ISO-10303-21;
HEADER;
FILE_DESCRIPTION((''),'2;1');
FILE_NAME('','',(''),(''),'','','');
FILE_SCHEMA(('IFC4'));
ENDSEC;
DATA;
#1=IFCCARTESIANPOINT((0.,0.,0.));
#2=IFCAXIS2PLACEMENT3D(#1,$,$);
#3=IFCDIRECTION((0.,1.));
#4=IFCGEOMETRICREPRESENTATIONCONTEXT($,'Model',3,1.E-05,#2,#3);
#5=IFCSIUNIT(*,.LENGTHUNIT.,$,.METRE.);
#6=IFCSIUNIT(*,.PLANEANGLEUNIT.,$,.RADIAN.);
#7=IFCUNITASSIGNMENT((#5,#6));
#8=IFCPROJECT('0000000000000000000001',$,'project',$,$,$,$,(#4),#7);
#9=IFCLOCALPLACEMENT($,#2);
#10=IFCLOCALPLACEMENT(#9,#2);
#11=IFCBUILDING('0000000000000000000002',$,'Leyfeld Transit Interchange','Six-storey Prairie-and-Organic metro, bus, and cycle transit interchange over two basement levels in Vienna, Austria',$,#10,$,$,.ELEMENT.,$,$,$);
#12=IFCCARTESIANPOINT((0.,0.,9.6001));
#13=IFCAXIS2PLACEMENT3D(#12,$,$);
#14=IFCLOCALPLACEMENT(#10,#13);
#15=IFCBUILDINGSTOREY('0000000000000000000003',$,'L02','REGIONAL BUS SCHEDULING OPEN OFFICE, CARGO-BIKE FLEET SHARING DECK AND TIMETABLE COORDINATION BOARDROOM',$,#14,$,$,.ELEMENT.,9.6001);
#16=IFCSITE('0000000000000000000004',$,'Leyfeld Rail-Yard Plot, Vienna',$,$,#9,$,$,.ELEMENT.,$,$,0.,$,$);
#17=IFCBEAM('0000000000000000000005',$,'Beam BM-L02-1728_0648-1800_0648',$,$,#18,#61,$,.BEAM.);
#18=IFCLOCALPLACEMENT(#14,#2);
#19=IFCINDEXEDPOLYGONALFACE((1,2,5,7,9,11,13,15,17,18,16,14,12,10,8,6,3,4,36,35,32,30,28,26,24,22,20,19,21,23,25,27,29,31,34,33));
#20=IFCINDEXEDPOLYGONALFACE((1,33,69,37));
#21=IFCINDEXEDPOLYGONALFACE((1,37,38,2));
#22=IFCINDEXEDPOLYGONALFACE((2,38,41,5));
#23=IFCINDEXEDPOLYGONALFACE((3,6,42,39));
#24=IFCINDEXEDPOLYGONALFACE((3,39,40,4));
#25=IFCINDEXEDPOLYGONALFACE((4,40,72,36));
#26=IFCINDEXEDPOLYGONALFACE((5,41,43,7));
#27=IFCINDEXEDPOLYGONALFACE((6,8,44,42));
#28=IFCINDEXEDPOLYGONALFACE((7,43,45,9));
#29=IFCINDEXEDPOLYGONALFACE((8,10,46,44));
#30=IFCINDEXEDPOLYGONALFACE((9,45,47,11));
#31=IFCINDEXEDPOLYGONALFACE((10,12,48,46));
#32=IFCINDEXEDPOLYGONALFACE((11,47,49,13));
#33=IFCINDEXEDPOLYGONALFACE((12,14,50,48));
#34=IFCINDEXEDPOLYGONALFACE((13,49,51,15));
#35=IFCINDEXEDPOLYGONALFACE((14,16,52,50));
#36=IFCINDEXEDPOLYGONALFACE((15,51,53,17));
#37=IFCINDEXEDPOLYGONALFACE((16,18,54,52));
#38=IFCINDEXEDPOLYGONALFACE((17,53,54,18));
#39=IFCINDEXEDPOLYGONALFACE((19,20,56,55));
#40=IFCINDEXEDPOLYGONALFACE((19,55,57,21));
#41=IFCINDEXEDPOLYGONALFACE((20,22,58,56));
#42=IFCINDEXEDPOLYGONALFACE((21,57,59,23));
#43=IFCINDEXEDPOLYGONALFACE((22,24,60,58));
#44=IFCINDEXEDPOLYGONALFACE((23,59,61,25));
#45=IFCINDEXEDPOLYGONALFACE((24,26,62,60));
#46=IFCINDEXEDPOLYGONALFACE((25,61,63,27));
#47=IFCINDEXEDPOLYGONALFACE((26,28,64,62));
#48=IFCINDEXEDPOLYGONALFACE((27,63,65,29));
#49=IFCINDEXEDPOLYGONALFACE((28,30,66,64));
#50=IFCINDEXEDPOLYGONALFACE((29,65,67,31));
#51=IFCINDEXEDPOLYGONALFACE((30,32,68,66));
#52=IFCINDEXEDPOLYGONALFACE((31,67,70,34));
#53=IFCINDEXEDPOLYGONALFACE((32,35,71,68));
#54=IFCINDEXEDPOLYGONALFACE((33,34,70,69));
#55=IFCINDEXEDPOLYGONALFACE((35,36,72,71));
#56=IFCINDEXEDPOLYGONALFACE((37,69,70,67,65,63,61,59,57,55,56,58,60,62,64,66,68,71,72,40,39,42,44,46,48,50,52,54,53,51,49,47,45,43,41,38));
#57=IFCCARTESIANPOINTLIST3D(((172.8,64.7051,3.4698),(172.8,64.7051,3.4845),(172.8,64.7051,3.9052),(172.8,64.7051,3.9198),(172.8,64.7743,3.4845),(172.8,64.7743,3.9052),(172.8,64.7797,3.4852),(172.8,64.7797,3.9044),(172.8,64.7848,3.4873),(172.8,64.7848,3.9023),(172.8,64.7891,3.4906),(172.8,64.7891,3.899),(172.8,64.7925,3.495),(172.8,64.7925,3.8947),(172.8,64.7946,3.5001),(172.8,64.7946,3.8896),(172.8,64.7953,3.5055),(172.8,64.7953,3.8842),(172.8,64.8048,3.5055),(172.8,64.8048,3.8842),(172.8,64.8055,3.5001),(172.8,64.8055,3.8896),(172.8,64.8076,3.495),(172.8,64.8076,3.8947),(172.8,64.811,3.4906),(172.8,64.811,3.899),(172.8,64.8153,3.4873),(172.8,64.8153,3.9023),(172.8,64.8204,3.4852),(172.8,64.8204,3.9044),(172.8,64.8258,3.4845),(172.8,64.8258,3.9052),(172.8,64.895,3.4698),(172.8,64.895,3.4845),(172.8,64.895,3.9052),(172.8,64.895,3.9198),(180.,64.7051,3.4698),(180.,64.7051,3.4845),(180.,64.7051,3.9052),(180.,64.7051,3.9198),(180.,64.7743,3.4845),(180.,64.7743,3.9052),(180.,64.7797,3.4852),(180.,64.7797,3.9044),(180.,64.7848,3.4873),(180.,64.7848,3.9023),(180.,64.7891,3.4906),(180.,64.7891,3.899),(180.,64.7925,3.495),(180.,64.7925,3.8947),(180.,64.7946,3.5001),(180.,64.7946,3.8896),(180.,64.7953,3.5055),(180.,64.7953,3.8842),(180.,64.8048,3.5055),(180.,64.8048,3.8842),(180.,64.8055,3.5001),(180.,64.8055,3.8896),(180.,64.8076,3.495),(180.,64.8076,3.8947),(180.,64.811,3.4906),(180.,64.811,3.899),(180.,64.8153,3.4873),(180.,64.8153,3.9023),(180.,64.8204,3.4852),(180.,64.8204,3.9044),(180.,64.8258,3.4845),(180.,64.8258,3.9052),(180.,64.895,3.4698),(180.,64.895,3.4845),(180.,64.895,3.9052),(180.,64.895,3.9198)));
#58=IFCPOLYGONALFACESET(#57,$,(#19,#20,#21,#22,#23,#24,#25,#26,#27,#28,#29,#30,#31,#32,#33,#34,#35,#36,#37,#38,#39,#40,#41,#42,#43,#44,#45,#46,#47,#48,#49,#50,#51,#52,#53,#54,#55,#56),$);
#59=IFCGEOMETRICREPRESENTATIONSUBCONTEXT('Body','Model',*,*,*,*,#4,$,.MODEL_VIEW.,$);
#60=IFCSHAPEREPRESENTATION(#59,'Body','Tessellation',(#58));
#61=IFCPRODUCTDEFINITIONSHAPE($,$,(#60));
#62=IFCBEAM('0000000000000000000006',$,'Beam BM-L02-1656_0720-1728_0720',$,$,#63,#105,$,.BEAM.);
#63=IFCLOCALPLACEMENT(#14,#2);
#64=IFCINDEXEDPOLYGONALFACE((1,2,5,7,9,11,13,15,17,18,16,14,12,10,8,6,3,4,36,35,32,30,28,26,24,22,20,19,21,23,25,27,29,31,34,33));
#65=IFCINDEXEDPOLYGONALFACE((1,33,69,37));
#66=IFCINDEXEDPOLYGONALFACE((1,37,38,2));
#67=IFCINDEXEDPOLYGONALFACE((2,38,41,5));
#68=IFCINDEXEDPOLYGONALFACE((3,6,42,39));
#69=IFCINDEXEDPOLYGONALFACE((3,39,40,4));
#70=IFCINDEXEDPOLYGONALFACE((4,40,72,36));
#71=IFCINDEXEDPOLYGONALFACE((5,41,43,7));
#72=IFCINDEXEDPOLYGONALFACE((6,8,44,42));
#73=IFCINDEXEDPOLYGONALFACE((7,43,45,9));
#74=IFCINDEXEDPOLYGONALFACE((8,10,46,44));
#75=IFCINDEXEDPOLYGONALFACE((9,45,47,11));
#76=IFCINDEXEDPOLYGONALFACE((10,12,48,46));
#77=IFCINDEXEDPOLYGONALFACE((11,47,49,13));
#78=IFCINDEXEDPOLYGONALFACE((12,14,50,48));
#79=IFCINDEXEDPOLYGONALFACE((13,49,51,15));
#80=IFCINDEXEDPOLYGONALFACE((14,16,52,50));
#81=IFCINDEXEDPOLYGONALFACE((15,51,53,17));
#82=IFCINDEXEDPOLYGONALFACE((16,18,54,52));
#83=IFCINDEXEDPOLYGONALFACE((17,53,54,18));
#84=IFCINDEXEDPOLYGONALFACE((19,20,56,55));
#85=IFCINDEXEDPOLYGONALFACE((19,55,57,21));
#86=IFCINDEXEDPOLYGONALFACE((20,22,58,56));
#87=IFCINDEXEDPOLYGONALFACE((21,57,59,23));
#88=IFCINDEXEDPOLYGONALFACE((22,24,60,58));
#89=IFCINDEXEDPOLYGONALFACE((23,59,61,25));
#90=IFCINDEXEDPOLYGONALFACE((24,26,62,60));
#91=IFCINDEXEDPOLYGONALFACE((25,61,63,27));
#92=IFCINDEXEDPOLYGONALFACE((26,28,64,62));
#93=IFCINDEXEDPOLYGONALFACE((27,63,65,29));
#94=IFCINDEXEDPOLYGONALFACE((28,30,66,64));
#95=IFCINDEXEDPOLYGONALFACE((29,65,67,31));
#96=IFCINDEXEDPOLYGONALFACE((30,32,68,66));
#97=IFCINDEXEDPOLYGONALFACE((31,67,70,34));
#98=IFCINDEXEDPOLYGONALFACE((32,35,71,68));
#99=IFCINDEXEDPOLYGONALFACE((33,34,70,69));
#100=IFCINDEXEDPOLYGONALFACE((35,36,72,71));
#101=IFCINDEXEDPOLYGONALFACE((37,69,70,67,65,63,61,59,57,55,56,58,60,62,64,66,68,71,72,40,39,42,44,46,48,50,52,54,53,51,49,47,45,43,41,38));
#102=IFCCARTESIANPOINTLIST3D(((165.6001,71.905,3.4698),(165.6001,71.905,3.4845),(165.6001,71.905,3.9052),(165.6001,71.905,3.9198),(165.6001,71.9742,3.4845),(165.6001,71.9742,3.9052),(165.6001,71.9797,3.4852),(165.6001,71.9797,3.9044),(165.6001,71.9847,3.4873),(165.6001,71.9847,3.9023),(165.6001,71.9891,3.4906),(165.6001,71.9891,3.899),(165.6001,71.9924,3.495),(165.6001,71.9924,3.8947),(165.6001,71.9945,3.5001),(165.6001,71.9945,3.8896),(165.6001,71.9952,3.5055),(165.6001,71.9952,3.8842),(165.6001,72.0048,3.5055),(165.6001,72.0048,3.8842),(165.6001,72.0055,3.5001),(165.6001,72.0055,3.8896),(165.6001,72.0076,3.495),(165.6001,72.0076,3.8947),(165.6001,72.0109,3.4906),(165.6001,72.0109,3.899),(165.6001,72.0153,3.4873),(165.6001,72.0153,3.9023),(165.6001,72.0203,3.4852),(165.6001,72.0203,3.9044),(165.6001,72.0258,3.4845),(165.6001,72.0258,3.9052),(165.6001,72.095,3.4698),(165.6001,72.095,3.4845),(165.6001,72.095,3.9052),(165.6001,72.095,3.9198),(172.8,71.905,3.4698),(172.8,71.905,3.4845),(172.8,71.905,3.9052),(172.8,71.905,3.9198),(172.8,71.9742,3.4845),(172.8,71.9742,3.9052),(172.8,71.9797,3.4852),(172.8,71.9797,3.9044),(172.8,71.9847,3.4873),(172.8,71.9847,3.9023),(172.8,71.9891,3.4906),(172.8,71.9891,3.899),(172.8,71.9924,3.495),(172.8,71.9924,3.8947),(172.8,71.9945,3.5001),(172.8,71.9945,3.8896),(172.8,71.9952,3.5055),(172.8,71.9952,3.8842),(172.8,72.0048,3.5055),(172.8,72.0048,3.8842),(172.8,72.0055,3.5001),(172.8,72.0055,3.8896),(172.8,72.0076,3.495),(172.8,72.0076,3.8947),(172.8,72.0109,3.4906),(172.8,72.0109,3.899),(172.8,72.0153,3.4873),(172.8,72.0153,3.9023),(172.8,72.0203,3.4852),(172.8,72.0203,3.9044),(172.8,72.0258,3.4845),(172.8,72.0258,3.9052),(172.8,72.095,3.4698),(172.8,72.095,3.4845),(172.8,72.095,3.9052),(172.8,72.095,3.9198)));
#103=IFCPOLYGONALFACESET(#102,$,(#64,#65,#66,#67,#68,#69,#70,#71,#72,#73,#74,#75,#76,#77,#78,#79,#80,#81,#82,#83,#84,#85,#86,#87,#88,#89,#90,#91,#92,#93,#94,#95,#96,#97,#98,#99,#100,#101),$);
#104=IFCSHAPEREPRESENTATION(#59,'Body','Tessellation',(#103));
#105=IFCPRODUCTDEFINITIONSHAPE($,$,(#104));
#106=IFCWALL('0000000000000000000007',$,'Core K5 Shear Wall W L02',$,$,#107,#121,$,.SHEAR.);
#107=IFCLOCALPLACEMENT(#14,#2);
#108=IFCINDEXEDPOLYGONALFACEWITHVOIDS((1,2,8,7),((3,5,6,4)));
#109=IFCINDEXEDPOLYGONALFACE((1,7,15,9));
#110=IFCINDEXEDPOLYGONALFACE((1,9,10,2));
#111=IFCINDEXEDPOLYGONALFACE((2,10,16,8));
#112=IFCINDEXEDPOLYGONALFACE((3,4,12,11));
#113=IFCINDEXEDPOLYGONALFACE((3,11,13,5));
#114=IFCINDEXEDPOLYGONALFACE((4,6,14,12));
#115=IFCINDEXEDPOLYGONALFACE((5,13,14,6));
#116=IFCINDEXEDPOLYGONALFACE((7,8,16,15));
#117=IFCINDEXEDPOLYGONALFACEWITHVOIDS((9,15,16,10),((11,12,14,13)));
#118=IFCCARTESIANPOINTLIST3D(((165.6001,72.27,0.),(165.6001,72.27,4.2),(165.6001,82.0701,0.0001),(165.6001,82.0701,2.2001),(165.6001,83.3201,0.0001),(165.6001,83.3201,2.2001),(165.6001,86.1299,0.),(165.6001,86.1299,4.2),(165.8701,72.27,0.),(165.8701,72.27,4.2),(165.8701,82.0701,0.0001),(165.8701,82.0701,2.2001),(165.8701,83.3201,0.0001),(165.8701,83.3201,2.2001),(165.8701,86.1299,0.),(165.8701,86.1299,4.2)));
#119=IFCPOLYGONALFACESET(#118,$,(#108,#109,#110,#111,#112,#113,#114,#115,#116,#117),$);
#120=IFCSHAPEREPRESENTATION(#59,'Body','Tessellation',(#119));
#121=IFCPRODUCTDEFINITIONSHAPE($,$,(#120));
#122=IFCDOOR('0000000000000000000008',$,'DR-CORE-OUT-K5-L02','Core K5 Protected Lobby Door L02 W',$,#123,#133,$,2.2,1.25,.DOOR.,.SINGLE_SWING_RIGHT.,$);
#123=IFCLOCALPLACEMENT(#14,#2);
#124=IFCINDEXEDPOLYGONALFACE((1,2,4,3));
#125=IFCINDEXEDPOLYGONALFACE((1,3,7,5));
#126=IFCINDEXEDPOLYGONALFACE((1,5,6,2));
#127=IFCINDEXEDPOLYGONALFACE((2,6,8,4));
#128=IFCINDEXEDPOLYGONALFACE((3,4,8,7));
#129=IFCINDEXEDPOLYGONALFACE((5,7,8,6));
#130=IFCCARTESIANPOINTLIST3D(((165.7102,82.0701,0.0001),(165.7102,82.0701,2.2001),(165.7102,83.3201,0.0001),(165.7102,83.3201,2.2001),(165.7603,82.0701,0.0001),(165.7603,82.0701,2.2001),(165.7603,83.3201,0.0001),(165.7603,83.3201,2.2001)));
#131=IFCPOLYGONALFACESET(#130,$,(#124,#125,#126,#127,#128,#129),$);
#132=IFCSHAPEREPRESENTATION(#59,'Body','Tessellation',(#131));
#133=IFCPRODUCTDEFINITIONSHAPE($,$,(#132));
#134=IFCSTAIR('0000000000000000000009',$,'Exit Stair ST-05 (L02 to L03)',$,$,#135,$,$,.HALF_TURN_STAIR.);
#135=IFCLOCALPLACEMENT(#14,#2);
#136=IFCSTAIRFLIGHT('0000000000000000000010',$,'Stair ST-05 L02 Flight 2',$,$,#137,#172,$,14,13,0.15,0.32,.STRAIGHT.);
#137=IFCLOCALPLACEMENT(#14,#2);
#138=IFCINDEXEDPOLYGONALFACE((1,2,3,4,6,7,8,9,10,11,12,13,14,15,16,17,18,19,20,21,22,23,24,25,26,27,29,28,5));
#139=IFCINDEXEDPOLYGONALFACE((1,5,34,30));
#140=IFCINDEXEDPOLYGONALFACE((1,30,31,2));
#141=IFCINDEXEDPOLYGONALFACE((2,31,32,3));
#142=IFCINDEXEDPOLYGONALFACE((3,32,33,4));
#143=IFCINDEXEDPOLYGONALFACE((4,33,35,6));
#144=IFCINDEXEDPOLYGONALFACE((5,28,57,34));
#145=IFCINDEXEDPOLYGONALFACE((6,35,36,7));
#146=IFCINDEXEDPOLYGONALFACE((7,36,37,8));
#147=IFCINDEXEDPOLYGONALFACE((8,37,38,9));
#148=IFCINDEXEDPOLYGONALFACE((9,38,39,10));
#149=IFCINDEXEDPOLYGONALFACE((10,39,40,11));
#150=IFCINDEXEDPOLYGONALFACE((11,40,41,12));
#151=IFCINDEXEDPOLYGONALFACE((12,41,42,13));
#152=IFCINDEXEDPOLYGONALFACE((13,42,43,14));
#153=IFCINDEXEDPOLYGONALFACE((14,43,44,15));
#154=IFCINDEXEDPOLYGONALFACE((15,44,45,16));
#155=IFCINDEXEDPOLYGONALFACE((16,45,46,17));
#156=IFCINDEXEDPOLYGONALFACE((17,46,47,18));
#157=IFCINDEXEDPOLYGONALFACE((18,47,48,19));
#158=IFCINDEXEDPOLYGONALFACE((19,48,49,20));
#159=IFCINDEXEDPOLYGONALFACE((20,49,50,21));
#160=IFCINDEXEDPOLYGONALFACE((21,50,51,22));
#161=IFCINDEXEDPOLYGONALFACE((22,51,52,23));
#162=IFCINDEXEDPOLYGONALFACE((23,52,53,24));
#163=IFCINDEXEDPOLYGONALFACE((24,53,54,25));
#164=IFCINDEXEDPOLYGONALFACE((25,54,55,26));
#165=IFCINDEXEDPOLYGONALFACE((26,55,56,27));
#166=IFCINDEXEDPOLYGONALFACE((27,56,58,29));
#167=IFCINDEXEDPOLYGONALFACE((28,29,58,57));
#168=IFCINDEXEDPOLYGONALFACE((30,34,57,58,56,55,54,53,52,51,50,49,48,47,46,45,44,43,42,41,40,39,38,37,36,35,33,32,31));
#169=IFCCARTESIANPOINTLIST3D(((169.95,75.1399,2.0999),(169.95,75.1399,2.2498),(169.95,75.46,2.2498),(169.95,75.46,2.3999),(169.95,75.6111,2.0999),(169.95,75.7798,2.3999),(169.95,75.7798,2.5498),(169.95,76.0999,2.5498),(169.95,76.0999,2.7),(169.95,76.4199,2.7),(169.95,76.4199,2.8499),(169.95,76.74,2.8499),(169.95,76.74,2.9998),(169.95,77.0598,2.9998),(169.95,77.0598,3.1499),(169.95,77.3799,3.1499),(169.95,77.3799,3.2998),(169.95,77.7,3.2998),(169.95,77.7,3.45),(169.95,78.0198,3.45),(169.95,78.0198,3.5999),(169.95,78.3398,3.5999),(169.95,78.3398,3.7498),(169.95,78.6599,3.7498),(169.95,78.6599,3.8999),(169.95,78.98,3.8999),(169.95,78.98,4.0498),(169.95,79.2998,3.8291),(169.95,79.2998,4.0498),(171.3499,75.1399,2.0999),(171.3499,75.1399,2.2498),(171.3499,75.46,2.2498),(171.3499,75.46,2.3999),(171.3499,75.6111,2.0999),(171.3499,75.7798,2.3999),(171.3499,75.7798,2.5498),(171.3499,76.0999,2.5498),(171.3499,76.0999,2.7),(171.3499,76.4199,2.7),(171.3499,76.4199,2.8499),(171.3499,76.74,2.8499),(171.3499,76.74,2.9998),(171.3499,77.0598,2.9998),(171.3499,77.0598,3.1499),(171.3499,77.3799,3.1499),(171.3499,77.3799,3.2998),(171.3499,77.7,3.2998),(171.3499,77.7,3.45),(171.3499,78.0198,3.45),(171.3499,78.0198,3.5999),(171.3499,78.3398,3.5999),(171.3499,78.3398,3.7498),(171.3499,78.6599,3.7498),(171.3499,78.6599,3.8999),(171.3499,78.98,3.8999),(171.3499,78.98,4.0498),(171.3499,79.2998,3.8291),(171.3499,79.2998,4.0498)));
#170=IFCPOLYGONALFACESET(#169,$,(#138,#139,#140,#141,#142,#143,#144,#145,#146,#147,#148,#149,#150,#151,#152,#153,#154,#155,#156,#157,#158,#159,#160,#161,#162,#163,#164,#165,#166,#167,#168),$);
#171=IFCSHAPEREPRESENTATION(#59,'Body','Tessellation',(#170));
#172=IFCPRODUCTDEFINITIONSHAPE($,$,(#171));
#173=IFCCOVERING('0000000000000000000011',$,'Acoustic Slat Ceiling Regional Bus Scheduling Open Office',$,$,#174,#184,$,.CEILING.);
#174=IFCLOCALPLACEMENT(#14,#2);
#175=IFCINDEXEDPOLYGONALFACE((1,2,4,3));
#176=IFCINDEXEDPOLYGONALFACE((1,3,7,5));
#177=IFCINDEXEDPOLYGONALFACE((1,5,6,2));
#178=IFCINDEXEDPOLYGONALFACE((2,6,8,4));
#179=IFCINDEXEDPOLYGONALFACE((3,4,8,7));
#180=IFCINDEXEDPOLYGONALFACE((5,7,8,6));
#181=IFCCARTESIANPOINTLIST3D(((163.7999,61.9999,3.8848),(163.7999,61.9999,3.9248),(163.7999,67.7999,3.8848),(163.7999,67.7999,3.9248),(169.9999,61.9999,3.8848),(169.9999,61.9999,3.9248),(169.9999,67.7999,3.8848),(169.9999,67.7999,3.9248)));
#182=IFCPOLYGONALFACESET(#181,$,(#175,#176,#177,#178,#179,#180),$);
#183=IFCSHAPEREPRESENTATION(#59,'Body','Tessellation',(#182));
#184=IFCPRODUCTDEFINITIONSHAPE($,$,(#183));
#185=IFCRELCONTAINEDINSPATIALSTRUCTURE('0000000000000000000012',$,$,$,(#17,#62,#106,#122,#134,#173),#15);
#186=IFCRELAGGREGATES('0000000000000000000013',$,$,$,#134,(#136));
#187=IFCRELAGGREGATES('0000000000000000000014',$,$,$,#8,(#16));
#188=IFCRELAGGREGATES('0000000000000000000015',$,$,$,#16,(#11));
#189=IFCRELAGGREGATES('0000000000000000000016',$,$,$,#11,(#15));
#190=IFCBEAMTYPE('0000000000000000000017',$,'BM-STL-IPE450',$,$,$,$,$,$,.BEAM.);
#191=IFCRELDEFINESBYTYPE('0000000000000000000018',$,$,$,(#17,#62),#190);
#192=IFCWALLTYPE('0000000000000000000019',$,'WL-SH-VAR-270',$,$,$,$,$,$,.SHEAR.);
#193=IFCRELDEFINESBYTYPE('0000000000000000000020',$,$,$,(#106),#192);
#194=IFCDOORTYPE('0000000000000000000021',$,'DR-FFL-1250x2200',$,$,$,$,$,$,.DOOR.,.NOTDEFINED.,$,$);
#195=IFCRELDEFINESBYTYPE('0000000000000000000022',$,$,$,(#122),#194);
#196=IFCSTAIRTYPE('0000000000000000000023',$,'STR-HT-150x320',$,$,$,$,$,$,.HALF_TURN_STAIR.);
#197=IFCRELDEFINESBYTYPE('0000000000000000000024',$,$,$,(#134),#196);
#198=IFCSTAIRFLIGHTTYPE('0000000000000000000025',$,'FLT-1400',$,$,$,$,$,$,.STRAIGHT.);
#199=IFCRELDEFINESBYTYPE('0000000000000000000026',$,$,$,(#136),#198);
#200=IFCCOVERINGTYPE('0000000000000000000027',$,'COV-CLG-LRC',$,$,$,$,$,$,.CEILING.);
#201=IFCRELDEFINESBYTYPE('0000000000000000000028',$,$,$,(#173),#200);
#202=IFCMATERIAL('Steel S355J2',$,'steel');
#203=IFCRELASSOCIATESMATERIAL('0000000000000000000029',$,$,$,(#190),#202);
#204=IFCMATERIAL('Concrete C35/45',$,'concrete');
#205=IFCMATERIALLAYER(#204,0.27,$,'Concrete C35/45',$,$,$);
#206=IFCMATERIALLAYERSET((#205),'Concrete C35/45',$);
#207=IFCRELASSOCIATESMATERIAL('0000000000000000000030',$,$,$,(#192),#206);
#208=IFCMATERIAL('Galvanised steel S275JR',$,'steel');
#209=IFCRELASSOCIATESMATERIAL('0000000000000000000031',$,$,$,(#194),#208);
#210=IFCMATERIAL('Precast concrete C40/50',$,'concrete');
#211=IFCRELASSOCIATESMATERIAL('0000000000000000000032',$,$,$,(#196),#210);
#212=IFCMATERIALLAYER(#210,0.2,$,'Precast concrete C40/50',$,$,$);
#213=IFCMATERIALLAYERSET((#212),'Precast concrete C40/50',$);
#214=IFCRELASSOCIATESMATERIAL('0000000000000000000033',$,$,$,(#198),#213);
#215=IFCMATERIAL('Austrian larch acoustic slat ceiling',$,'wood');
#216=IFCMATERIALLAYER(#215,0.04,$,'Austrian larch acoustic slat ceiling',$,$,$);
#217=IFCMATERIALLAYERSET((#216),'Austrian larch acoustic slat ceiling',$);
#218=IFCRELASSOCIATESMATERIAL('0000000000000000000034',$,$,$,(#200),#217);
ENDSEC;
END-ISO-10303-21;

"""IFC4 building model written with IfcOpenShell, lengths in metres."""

from ifc_helpers import new_model, si_unit, direction, frame, frame_2d, origin, origin_2d, place, context, subcontext, project, spatial, polyline, rectangle, i_section, outline, extrude, material, layer, layer_set, material_profile, profile_set, type_object, element, fill, aggregate, save


model = new_model("IFC4")

# Units and contexts
model_context = context("Model", 3, precision=1e-05, world=origin(), true_north=direction((0.0, 1.0)))
body_context = subcontext(model_context, "Body", "Model", "MODEL_VIEW")
ifc_project = project(units=[si_unit("LENGTHUNIT", "METRE"), si_unit("PLANEANGLEUNIT", "RADIAN")], contexts=[model_context])

# Site, building, storey
site_placement = place(None, origin())
site = spatial("IfcSite", under=ifc_project, at=site_placement, Name="Leyfeld Rail-Yard Plot, Vienna", CompositionType="ELEMENT", RefElevation=0.0)
building_placement = place(site_placement, origin())
building = spatial("IfcBuilding", under=site, at=building_placement, Name="Leyfeld Transit Interchange", Description="Six-storey Prairie-and-Organic metro, bus, and cycle transit interchange over two basement levels in Vienna, Austria", CompositionType="ELEMENT")
storey_placement = place(building_placement, frame((0.0, 0.0, 9.6001)))
storey = spatial("IfcBuildingStorey", under=building, at=storey_placement, Name="L02", Description="REGIONAL BUS SCHEDULING OPEN OFFICE, CARGO-BIKE FLEET SHARING DECK AND TIMETABLE COORDINATION BOARDROOM", CompositionType="ELEMENT", Elevation=9.6001)

# Shared definitions
ifc_material_1 = material(Name="Concrete C35/45", Category="concrete")

# Beams
ifc_material_2 = material(Name="Steel S355J2", Category="steel")
ifc_material_profile_1 = material_profile(ifc_material_2, i_section(OverallWidth=0.1899, OverallDepth=0.45, WebThickness=0.0095, FlangeThickness=0.0146, FilletRadius=0.021, at=origin_2d()), Name="IPE 450")
ifc_profile_set_1 = profile_set([ifc_material_profile_1], Name="Steel S355J2")
beam_type_1 = type_object("IfcBeamType", Name="BM-STL-IPE450", PredefinedType="BEAM", material=ifc_profile_set_1)
for number, where, z_axis, x_axis, name in (
    (1, (172.8, 64.8, 3.6948), (1.0, 0.0, 0.0), (0.0, 1.0, 0.0), "Beam BM-L02-1728_0648-1800_0648"),
    (2, (165.6001, 72.0, 3.6948), (1.0, 0.0, 0.0), (0.0, 1.0, 0.0), "Beam BM-L02-1656_0720-1728_0720"),
):
    element("IfcBeam", number, at=place(storey_placement, frame(where, z_axis=z_axis, x_axis=x_axis)), inside=storey, type_object=beam_type_1, Name=name, PredefinedType="BEAM", context=body_context, shape_type="SweptSolid", body=[
        extrude(i_section(OverallWidth=0.1899, OverallDepth=0.45, WebThickness=0.0095, FlangeThickness=0.0146, FilletRadius=0.021, at=origin_2d()), origin(), (0.0, 0.0, 1.0), 7.2),
    ])

# Wall, opening, door
ifc_layer_1 = layer(ifc_material_1, 0.27, Name="Concrete C35/45")
ifc_layer_set_1 = layer_set([ifc_layer_1], Name="Concrete C35/45")
wall_type = type_object("IfcWallType", Name="WL-SH-VAR-270", PredefinedType="SHEAR", material=ifc_layer_set_1)
wall_placement = place(storey_placement, frame((165.7351, 72.27, 0.0), z_axis=(0.0, 0.0, 1.0), x_axis=(0.0, 1.0, 0.0)))
wall = element("IfcWall", 3, at=wall_placement, inside=storey, type_object=wall_type, Name="Core K5 Shear Wall W L02", PredefinedType="SHEAR", context=body_context, shape_type="SweptSolid", body=[
    extrude(rectangle(XDim=13.8599, YDim=0.27, at=frame_2d((6.9299, 0.0))), origin(), (0.0, 0.0, 1.0), 4.2),
])
opening_placement = place(wall_placement, frame((9.8, 0.0, 0.0)))
opening = element("IfcOpeningElement", 4, at=opening_placement, cuts=wall, PredefinedType="OPENING", context=body_context, shape_type="SweptSolid", body=[
    extrude(rectangle(XDim=1.25, YDim=2.2, at=frame_2d((0.625, 1.1001))), frame((0.0, 0.145, 0.0), z_axis=(0.0, -1.0, 0.0), x_axis=(1.0, 0.0, 0.0)), (0.0, 0.0, 1.0), 0.29),
])
ifc_material_3 = material(Name="Galvanised steel S275JR", Category="steel")
door_type = type_object("IfcDoorType", Name="DR-FFL-1250x2200", OperationType="NOTDEFINED", PredefinedType="DOOR", material=ifc_material_3)
door_placement = place(opening_placement, origin())
door = element("IfcDoor", 5, at=door_placement, inside=storey, type_object=door_type, Name="DR-CORE-OUT-K5-L02", Description="Core K5 Protected Lobby Door L02 W", OperationType="SINGLE_SWING_RIGHT", OverallHeight=2.2, OverallWidth=1.25, PredefinedType="DOOR", context=body_context, shape_type="SweptSolid", body=[
    extrude(rectangle(XDim=1.25, YDim=2.2, at=frame_2d((0.625, 1.1001))), frame((0.0, 0.0249, 0.0), z_axis=(0.0, -1.0, 0.0), x_axis=(1.0, 0.0, 0.0)), (0.0, 0.0, 1.0), 0.05),
])
fill(opening, door)

# Stair, stair flight
ifc_material_4 = material(Name="Precast concrete C40/50", Category="concrete")
stair_type = type_object("IfcStairType", Name="STR-HT-150x320", PredefinedType="HALF_TURN_STAIR", material=ifc_material_4)
stair_placement = place(storey_placement, origin())
stair = element("IfcStair", 6, at=stair_placement, inside=storey, type_object=stair_type, Name="Exit Stair ST-05 (L02 to L03)", PredefinedType="HALF_TURN_STAIR")
ifc_layer_2 = layer(ifc_material_4, 0.2, Name="Precast concrete C40/50")
ifc_layer_set_2 = layer_set([ifc_layer_2], Name="Precast concrete C40/50")
stair_flight_type = type_object("IfcStairFlightType", Name="FLT-1400", PredefinedType="STRAIGHT", material=ifc_layer_set_2)
stair_flight_placement = place(storey_placement, frame((170.6499, 75.1399, 2.0999), z_axis=(0.0, 0.0, 1.0), x_axis=(0.0, 1.0, 0.0)))
stair_flight = element("IfcStairFlight", 7, at=stair_flight_placement, type_object=stair_flight_type, Name="Stair ST-05 L02 Flight 2", NumberOfRisers=14, NumberOfTreads=13, PredefinedType="STRAIGHT", RiserHeight=0.15, TreadLength=0.32, context=body_context, shape_type="SweptSolid", body=[
    extrude(outline(polyline([(0.0, 0.0), (0.0, 0.1499), (0.3201, 0.1499), (0.3201, 0.3), (0.6399, 0.3), (0.6399, 0.45), (0.96, 0.45), (0.96, 0.6001), (1.28, 0.6001), (1.28, 0.75), (1.6001, 0.75), (1.6001, 0.8999), (1.9199, 0.8999), (1.9199, 1.05), (2.24, 1.05), (2.24, 1.2), (2.5601, 1.2), (2.5601, 1.3501), (2.8799, 1.3501), (2.8799, 1.5), (3.2, 1.5), (3.2, 1.6499), (3.52, 1.6499), (3.52, 1.8), (3.8401, 1.8), (3.8401, 1.95), (4.1599, 1.95), (4.1599, 2.1001), (4.1599, 1.7292), (0.4712, 0.0), (0.0, 0.0)])), frame((0.0, 0.7, 0.0), z_axis=(0.0, -1.0, 0.0), x_axis=(1.0, 0.0, 0.0)), (0.0, 0.0, 1.0), 1.3999),
])
aggregate(stair, [stair_flight])

# Covering
ifc_material_5 = material(Name="Austrian larch acoustic slat ceiling", Category="wood")
ifc_layer_3 = layer(ifc_material_5, 0.04, Name="Austrian larch acoustic slat ceiling")
ifc_layer_set_3 = layer_set([ifc_layer_3], Name="Austrian larch acoustic slat ceiling")
covering_type_1 = type_object("IfcCoveringType", Name="COV-CLG-LRC", PredefinedType="CEILING", material=ifc_layer_set_3)
covering_1_placement = place(storey_placement, frame((166.8999, 64.8999, 3.8848), z_axis=(0.0, 0.0, 1.0), x_axis=(1.0, 0.0, 0.0)))
element("IfcCovering", 8, at=covering_1_placement, inside=storey, type_object=covering_type_1, Name="Acoustic Slat Ceiling Regional Bus Scheduling Open Office", PredefinedType="CEILING", context=body_context, shape_type="SweptSolid", body=[
    extrude(rectangle(XDim=6.2, YDim=5.8, at=origin_2d()), origin(), (0.0, 0.0, 1.0), 0.04),
])

save(model, "model.ifc")
